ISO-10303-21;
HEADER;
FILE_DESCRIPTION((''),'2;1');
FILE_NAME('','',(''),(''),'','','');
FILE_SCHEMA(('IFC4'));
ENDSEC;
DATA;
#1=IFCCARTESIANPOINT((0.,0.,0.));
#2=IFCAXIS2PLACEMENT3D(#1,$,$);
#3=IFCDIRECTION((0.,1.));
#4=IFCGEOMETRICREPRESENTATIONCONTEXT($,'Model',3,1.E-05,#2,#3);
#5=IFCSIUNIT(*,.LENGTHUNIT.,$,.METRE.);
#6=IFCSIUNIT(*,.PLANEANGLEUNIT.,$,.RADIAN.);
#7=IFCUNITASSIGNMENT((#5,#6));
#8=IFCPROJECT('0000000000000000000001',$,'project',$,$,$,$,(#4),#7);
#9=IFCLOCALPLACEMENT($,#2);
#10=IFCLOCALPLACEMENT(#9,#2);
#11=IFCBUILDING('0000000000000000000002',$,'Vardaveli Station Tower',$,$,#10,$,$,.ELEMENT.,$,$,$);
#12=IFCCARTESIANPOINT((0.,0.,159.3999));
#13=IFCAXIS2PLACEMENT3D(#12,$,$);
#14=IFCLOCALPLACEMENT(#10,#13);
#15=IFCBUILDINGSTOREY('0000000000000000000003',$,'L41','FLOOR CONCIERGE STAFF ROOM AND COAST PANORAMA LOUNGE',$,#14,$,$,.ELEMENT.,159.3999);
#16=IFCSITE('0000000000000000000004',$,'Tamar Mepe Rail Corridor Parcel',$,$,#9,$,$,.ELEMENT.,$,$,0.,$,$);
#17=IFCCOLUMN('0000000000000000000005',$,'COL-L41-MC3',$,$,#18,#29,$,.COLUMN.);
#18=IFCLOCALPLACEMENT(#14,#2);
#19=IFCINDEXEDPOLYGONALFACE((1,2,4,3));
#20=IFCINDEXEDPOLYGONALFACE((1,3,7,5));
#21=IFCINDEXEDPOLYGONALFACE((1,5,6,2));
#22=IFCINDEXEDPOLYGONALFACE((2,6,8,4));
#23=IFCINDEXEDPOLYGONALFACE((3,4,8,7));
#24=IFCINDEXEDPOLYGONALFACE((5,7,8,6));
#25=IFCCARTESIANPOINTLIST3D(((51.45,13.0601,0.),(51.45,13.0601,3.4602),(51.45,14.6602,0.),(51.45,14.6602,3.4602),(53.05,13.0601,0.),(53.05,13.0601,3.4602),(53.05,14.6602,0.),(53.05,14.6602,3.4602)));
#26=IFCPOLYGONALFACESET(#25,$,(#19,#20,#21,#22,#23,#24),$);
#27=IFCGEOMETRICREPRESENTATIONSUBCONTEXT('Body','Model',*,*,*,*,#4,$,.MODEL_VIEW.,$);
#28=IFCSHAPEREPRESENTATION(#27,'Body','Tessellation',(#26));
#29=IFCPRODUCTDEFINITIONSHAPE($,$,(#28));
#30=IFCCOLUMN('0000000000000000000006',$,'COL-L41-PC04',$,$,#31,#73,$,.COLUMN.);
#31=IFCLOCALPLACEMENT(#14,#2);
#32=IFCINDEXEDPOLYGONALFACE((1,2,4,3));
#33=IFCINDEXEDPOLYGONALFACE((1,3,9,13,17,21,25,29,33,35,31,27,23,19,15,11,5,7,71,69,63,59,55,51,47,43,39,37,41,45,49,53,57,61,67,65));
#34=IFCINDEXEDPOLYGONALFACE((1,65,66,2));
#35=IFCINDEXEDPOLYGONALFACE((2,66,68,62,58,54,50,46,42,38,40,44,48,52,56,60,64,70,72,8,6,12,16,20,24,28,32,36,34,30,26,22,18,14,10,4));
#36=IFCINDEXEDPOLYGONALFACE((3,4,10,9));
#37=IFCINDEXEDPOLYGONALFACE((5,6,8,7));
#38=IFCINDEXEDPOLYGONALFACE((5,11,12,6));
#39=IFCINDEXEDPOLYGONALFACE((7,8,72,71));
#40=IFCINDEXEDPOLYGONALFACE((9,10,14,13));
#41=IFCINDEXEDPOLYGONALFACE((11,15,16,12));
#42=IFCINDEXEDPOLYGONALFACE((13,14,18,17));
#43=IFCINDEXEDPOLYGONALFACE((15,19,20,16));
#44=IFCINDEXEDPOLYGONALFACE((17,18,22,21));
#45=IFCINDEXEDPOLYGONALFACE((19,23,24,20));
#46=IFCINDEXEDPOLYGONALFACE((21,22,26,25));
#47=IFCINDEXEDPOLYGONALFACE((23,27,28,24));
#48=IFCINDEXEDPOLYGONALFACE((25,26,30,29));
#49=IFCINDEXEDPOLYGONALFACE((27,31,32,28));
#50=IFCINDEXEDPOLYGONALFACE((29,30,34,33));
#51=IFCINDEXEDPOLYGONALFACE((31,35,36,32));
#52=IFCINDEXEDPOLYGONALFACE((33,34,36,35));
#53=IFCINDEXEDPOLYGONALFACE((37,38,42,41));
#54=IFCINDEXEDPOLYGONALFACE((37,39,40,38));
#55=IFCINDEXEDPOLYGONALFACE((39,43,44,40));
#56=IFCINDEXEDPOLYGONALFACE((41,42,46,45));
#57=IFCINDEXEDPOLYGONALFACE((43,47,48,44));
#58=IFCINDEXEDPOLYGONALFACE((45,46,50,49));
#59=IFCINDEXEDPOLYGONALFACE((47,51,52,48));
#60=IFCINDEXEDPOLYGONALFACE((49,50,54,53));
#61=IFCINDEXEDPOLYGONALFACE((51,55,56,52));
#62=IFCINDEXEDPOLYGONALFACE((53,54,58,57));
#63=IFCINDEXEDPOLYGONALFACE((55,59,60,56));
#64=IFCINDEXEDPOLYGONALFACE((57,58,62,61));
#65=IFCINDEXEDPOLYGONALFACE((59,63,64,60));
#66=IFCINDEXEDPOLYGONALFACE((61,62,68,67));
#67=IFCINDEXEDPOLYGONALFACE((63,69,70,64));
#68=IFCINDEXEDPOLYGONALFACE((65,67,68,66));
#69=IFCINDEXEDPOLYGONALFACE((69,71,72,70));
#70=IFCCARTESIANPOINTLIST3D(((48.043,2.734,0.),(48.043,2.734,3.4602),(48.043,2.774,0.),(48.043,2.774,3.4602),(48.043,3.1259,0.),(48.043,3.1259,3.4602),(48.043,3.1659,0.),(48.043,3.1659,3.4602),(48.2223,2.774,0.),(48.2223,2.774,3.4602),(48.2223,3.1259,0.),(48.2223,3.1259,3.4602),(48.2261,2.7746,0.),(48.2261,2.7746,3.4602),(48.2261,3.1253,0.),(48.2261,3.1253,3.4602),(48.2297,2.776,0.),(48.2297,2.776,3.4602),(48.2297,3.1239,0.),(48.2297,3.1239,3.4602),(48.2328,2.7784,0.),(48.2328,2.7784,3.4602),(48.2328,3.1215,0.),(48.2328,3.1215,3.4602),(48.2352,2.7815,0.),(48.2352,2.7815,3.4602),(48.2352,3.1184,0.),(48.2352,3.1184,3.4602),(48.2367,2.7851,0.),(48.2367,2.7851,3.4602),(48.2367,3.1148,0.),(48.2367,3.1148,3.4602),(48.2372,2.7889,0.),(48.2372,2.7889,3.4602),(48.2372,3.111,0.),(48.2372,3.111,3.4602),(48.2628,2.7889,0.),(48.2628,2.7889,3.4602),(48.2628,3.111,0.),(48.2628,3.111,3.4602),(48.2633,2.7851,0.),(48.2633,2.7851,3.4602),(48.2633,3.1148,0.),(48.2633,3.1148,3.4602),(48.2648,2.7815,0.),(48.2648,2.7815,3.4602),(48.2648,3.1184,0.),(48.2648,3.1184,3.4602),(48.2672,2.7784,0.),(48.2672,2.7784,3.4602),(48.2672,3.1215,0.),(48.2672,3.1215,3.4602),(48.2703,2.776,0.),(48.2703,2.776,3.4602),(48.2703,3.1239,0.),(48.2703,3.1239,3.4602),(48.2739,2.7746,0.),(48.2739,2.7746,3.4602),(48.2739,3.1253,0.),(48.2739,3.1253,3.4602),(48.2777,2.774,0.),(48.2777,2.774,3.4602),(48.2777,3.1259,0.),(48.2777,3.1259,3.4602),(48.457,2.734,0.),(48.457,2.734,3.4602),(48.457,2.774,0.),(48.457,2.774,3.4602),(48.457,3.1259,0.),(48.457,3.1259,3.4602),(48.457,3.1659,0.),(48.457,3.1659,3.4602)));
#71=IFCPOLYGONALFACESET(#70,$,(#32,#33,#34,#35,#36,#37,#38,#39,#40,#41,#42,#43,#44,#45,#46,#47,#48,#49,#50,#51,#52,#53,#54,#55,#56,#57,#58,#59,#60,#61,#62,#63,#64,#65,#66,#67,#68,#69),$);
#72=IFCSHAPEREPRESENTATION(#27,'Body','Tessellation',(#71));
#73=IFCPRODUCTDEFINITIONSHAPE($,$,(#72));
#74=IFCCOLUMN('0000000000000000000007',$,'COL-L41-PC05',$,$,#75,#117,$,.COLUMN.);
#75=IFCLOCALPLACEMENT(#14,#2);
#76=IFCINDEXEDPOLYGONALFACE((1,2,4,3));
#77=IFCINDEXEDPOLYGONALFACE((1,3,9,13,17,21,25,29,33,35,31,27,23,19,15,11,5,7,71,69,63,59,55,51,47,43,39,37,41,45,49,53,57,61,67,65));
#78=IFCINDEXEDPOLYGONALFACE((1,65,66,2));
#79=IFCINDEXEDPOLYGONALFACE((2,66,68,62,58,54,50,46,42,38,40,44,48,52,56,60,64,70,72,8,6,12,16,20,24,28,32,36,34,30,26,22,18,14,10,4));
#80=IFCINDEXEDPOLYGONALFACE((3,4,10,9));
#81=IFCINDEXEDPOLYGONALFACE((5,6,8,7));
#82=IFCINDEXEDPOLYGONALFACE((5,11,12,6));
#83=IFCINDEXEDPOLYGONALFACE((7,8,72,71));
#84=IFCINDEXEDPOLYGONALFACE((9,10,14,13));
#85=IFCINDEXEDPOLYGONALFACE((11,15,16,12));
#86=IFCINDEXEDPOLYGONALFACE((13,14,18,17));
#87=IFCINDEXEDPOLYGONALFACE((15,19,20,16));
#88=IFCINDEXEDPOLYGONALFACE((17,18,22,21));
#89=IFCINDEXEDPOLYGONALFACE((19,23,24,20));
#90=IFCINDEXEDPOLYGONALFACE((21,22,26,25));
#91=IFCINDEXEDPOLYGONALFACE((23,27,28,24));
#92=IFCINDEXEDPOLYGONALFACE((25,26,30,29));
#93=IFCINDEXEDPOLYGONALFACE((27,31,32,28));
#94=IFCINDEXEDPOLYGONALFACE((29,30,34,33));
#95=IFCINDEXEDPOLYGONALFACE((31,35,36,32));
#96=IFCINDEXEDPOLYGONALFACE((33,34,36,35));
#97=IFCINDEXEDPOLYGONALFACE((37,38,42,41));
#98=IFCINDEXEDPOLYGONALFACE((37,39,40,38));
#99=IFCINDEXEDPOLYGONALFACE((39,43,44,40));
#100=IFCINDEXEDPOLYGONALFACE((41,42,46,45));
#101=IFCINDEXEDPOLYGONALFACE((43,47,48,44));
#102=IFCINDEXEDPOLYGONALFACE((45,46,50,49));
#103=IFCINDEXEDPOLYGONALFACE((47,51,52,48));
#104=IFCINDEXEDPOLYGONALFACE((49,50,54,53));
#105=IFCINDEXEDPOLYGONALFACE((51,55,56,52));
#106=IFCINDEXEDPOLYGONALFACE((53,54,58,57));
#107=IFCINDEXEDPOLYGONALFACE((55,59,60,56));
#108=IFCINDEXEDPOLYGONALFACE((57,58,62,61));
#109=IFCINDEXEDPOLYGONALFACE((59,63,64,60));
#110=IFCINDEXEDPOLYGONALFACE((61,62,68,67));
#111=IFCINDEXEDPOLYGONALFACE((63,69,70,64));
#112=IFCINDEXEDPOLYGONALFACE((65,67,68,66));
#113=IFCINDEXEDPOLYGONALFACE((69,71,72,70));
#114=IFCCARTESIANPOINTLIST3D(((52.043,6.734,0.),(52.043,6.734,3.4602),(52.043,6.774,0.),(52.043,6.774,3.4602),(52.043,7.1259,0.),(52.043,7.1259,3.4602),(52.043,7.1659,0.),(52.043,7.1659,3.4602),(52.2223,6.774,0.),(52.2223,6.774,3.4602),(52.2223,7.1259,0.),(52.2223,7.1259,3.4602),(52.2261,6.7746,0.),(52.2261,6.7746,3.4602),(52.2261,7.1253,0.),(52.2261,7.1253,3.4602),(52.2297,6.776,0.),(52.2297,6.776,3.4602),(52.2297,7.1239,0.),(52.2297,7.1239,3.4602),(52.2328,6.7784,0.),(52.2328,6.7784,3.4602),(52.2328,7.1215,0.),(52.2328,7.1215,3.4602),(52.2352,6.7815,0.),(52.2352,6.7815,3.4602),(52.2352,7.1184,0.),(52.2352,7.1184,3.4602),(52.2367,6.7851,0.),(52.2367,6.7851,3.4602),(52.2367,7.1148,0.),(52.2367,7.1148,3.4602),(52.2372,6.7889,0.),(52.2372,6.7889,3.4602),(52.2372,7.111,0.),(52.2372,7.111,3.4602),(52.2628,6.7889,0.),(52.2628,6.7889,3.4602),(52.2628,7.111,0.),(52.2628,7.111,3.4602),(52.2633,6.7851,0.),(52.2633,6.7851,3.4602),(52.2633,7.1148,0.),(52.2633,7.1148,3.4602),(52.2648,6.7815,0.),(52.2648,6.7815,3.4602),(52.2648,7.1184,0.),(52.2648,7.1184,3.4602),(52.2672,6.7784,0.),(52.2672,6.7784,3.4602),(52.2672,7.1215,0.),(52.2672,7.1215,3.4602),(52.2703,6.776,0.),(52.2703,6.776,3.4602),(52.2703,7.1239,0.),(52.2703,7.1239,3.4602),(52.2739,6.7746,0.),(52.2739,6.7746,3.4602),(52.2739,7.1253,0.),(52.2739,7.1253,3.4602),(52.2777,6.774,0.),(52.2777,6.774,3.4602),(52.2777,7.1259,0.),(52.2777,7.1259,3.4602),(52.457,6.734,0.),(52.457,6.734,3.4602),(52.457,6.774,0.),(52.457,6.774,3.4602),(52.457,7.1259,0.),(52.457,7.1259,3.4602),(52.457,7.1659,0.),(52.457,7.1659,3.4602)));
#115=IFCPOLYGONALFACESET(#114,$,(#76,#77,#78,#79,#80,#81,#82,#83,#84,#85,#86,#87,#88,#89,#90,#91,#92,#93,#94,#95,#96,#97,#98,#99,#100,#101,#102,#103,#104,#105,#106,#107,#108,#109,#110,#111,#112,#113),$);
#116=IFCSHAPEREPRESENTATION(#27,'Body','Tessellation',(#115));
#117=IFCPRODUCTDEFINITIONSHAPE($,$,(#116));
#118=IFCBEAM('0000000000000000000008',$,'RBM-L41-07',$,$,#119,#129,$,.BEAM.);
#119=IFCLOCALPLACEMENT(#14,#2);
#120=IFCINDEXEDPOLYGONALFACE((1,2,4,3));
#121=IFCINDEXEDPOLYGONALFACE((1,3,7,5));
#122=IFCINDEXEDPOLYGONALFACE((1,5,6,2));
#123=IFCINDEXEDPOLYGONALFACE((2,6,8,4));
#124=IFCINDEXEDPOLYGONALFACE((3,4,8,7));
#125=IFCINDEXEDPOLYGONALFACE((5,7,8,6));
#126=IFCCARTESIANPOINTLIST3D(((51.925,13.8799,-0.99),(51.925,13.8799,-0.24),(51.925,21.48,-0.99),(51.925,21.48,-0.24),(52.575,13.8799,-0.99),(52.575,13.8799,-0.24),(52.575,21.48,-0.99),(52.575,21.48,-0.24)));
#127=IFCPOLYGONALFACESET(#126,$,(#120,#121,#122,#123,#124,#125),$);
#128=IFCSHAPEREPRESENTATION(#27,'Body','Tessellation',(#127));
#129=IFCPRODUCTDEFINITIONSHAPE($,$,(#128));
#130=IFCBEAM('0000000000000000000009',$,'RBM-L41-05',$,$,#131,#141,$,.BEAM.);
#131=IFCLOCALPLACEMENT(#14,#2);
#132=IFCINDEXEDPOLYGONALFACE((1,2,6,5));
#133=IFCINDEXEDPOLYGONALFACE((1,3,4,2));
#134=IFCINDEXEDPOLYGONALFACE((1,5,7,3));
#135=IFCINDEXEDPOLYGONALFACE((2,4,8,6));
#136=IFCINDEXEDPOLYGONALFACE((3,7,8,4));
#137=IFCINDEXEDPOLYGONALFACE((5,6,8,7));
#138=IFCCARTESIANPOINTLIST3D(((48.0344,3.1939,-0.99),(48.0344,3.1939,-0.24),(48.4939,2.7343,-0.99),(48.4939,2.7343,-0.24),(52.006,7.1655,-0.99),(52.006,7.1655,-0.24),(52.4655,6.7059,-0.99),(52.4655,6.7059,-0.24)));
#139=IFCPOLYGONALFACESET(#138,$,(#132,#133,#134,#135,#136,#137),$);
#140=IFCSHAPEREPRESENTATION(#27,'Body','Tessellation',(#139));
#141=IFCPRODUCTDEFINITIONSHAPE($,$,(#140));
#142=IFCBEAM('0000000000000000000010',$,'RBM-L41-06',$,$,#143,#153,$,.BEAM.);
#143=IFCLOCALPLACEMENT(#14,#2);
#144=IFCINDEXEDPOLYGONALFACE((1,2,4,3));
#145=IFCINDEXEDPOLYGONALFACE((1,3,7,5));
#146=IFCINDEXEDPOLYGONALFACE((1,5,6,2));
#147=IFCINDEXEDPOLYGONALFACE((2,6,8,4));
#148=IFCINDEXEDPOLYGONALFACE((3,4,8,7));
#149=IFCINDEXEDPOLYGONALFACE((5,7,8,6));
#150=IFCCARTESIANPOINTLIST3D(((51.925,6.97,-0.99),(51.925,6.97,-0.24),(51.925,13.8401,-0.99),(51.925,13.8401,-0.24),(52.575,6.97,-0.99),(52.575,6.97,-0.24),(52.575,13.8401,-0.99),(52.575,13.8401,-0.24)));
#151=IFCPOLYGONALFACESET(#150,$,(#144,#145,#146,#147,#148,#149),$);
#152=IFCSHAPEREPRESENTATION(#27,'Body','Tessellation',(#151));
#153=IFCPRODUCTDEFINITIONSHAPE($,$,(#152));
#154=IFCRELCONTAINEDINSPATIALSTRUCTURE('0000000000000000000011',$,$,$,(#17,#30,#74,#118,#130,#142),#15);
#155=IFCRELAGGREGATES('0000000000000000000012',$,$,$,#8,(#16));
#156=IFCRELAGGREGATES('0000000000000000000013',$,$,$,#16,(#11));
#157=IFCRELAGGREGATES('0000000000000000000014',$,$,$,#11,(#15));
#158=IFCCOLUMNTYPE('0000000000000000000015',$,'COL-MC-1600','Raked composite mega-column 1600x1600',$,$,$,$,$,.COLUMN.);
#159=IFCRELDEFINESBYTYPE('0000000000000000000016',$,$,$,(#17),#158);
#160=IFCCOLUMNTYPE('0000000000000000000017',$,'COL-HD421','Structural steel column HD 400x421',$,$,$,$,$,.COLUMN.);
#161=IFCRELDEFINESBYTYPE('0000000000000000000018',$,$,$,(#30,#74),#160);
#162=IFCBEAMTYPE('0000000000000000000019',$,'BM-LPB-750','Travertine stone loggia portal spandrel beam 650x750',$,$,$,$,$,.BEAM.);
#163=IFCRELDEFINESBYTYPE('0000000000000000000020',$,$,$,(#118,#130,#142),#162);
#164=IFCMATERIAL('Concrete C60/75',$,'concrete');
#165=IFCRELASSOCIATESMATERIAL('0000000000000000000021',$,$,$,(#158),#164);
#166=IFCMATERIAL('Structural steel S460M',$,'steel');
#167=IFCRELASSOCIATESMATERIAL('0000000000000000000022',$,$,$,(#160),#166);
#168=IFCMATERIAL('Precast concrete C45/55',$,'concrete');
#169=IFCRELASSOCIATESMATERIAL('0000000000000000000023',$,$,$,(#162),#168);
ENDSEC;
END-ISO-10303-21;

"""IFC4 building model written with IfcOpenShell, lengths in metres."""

from ifc_helpers import new_model, si_unit, direction, frame, origin, origin_2d, place, context, subcontext, project, spatial, rectangle, i_section, extrude, source, transform, mapped, material, material_profile, profile_set, type_object, element, save


model = new_model("IFC4")

# Units and contexts
model_context = context("Model", 3, precision=1e-05, world=origin(), true_north=direction((0.0, 1.0)))
body_context = subcontext(model_context, "Body", "Model", "MODEL_VIEW")
ifc_project = project(units=[si_unit("LENGTHUNIT", "METRE"), si_unit("PLANEANGLEUNIT", "RADIAN")], contexts=[model_context])

# Site, building, storey
site_placement = place(None, origin())
site = spatial("IfcSite", under=ifc_project, at=site_placement, Name="Tamar Mepe Rail Corridor Parcel", CompositionType="ELEMENT", RefElevation=0.0)
building_placement = place(site_placement, origin())
building = spatial("IfcBuilding", under=site, at=building_placement, Name="Vardaveli Station Tower", CompositionType="ELEMENT")
storey_placement = place(building_placement, frame((0.0, 0.0, 159.3999)))
storey = spatial("IfcBuildingStorey", under=building, at=storey_placement, Name="L41", Description="FLOOR CONCIERGE STAFF ROOM AND COAST PANORAMA LOUNGE", CompositionType="ELEMENT", Elevation=159.3999)

# Columns
ifc_material_1 = material(Name="Concrete C60/75", Category="concrete")
ifc_material_profile_1 = material_profile(ifc_material_1, rectangle(XDim=1.6001, YDim=1.6001, at=origin_2d()), Name="MC 1600x1600")
ifc_profile_set_1 = profile_set([ifc_material_profile_1], Name="Concrete C60/75")
column_type_1 = type_object("IfcColumnType", Name="COL-MC-1600", Description="Raked composite mega-column 1600x1600", PredefinedType="COLUMN", material=ifc_profile_set_1)
shared_shape_1 = source(origin(), body_context, "Body", "SweptSolid", [
    extrude(rectangle(XDim=1.6001, YDim=1.6001, at=origin_2d()), origin(), (0.0, 0.0, 1.0), 3.4602),
])
column_placement = place(storey_placement, frame((52.25, 13.8601, 0.0), z_axis=(0.0, 0.0, 1.0), x_axis=(1.0, 0.0, 0.0)))
element("IfcColumn", 1, at=column_placement, inside=storey, type_object=column_type_1, Name="COL-L41-MC3", PredefinedType="COLUMN", context=body_context, shape_type="MappedRepresentation", body=[
    mapped(shared_shape_1, transform((0.0, 0.0, 0.0), scale=1.0)),
])
ifc_material_2 = material(Name="Structural steel S460M", Category="steel")
ifc_material_profile_2 = material_profile(ifc_material_2, i_section(OverallWidth=0.4141, OverallDepth=0.4319, WebThickness=0.0256, FlangeThickness=0.04, FilletRadius=0.0149, at=origin_2d()), Name="HD 400x421")
ifc_profile_set_2 = profile_set([ifc_material_profile_2], Name="Structural steel S460M")
column_type_2 = type_object("IfcColumnType", Name="COL-HD421", Description="Structural steel column HD 400x421", PredefinedType="COLUMN", material=ifc_profile_set_2)
shared_shape_2 = source(origin(), body_context, "Body", "SweptSolid", [
    extrude(i_section(OverallWidth=0.4141, OverallDepth=0.4319, WebThickness=0.0256, FlangeThickness=0.04, FilletRadius=0.0149, at=origin_2d()), origin(), (0.0, 0.0, 1.0), 3.4602),
])
for number, where, z_axis, x_axis, name in (
    (2, (48.25, 2.95, 0.0), (0.0, 0.0, 1.0), (1.0, 0.0, 0.0), "COL-L41-PC04"),
    (3, (52.25, 6.95, 0.0), (0.0, 0.0, 1.0), (1.0, 0.0, 0.0), "COL-L41-PC05"),
):
    element("IfcColumn", number, at=place(storey_placement, frame(where, z_axis=z_axis, x_axis=x_axis)), inside=storey, type_object=column_type_2, Name=name, PredefinedType="COLUMN", context=body_context, shape_type="MappedRepresentation", body=[
        mapped(shared_shape_2, transform((0.0, 0.0, 0.0), scale=1.0)),
    ])

# Beams
ifc_material_3 = material(Name="Precast concrete C45/55", Category="concrete")
ifc_material_profile_3 = material_profile(ifc_material_3, rectangle(XDim=0.6499, YDim=0.75, at=origin_2d()), Name="LPB 650x750")
ifc_profile_set_3 = profile_set([ifc_material_profile_3], Name="Precast concrete C45/55")
beam_type_1 = type_object("IfcBeamType", Name="BM-LPB-750", Description="Travertine stone loggia portal spandrel beam 650x750", PredefinedType="BEAM", material=ifc_profile_set_3)
shared_shape_3 = source(origin(), body_context, "Body", "SweptSolid", [
    extrude(rectangle(XDim=0.6499, YDim=0.75, at=origin_2d()), origin(), (0.0, 0.0, 1.0), 7.6001),
])
beam_1_placement = place(storey_placement, frame((52.25, 13.8799, -0.615), z_axis=(0.0, 1.0, 0.0), x_axis=(-1.0, 0.0, 0.0)))
element("IfcBeam", 4, at=beam_1_placement, inside=storey, type_object=beam_type_1, Name="RBM-L41-07", PredefinedType="BEAM", context=body_context, shape_type="MappedRepresentation", body=[
    mapped(shared_shape_3, transform((0.0, 0.0, 0.0), scale=1.0)),
])
shared_shape_4 = source(origin(), body_context, "Body", "SweptSolid", [
    extrude(rectangle(XDim=0.6499, YDim=0.75, at=origin_2d()), origin(), (0.0, 0.0, 1.0), 5.6167),
])
beam_2_placement = place(storey_placement, frame((48.2642, 2.9641, -0.615), z_axis=(0.707107, 0.707107, 0.0), x_axis=(-0.707107, 0.707107, 0.0)))
element("IfcBeam", 5, at=beam_2_placement, inside=storey, type_object=beam_type_1, Name="RBM-L41-05", PredefinedType="BEAM", context=body_context, shape_type="MappedRepresentation", body=[
    mapped(shared_shape_4, transform((0.0, 0.0, 0.0), scale=1.0)),
])
shared_shape_5 = source(origin(), body_context, "Body", "SweptSolid", [
    extrude(rectangle(XDim=0.6499, YDim=0.75, at=origin_2d()), origin(), (0.0, 0.0, 1.0), 6.8701),
])
beam_3_placement = place(storey_placement, frame((52.25, 6.97, -0.615), z_axis=(0.0, 1.0, 0.0), x_axis=(-1.0, 0.0, 0.0)))
element("IfcBeam", 6, at=beam_3_placement, inside=storey, type_object=beam_type_1, Name="RBM-L41-06", PredefinedType="BEAM", context=body_context, shape_type="MappedRepresentation", body=[
    mapped(shared_shape_5, transform((0.0, 0.0, 0.0), scale=1.0)),
])

save(model, "model.ifc")
